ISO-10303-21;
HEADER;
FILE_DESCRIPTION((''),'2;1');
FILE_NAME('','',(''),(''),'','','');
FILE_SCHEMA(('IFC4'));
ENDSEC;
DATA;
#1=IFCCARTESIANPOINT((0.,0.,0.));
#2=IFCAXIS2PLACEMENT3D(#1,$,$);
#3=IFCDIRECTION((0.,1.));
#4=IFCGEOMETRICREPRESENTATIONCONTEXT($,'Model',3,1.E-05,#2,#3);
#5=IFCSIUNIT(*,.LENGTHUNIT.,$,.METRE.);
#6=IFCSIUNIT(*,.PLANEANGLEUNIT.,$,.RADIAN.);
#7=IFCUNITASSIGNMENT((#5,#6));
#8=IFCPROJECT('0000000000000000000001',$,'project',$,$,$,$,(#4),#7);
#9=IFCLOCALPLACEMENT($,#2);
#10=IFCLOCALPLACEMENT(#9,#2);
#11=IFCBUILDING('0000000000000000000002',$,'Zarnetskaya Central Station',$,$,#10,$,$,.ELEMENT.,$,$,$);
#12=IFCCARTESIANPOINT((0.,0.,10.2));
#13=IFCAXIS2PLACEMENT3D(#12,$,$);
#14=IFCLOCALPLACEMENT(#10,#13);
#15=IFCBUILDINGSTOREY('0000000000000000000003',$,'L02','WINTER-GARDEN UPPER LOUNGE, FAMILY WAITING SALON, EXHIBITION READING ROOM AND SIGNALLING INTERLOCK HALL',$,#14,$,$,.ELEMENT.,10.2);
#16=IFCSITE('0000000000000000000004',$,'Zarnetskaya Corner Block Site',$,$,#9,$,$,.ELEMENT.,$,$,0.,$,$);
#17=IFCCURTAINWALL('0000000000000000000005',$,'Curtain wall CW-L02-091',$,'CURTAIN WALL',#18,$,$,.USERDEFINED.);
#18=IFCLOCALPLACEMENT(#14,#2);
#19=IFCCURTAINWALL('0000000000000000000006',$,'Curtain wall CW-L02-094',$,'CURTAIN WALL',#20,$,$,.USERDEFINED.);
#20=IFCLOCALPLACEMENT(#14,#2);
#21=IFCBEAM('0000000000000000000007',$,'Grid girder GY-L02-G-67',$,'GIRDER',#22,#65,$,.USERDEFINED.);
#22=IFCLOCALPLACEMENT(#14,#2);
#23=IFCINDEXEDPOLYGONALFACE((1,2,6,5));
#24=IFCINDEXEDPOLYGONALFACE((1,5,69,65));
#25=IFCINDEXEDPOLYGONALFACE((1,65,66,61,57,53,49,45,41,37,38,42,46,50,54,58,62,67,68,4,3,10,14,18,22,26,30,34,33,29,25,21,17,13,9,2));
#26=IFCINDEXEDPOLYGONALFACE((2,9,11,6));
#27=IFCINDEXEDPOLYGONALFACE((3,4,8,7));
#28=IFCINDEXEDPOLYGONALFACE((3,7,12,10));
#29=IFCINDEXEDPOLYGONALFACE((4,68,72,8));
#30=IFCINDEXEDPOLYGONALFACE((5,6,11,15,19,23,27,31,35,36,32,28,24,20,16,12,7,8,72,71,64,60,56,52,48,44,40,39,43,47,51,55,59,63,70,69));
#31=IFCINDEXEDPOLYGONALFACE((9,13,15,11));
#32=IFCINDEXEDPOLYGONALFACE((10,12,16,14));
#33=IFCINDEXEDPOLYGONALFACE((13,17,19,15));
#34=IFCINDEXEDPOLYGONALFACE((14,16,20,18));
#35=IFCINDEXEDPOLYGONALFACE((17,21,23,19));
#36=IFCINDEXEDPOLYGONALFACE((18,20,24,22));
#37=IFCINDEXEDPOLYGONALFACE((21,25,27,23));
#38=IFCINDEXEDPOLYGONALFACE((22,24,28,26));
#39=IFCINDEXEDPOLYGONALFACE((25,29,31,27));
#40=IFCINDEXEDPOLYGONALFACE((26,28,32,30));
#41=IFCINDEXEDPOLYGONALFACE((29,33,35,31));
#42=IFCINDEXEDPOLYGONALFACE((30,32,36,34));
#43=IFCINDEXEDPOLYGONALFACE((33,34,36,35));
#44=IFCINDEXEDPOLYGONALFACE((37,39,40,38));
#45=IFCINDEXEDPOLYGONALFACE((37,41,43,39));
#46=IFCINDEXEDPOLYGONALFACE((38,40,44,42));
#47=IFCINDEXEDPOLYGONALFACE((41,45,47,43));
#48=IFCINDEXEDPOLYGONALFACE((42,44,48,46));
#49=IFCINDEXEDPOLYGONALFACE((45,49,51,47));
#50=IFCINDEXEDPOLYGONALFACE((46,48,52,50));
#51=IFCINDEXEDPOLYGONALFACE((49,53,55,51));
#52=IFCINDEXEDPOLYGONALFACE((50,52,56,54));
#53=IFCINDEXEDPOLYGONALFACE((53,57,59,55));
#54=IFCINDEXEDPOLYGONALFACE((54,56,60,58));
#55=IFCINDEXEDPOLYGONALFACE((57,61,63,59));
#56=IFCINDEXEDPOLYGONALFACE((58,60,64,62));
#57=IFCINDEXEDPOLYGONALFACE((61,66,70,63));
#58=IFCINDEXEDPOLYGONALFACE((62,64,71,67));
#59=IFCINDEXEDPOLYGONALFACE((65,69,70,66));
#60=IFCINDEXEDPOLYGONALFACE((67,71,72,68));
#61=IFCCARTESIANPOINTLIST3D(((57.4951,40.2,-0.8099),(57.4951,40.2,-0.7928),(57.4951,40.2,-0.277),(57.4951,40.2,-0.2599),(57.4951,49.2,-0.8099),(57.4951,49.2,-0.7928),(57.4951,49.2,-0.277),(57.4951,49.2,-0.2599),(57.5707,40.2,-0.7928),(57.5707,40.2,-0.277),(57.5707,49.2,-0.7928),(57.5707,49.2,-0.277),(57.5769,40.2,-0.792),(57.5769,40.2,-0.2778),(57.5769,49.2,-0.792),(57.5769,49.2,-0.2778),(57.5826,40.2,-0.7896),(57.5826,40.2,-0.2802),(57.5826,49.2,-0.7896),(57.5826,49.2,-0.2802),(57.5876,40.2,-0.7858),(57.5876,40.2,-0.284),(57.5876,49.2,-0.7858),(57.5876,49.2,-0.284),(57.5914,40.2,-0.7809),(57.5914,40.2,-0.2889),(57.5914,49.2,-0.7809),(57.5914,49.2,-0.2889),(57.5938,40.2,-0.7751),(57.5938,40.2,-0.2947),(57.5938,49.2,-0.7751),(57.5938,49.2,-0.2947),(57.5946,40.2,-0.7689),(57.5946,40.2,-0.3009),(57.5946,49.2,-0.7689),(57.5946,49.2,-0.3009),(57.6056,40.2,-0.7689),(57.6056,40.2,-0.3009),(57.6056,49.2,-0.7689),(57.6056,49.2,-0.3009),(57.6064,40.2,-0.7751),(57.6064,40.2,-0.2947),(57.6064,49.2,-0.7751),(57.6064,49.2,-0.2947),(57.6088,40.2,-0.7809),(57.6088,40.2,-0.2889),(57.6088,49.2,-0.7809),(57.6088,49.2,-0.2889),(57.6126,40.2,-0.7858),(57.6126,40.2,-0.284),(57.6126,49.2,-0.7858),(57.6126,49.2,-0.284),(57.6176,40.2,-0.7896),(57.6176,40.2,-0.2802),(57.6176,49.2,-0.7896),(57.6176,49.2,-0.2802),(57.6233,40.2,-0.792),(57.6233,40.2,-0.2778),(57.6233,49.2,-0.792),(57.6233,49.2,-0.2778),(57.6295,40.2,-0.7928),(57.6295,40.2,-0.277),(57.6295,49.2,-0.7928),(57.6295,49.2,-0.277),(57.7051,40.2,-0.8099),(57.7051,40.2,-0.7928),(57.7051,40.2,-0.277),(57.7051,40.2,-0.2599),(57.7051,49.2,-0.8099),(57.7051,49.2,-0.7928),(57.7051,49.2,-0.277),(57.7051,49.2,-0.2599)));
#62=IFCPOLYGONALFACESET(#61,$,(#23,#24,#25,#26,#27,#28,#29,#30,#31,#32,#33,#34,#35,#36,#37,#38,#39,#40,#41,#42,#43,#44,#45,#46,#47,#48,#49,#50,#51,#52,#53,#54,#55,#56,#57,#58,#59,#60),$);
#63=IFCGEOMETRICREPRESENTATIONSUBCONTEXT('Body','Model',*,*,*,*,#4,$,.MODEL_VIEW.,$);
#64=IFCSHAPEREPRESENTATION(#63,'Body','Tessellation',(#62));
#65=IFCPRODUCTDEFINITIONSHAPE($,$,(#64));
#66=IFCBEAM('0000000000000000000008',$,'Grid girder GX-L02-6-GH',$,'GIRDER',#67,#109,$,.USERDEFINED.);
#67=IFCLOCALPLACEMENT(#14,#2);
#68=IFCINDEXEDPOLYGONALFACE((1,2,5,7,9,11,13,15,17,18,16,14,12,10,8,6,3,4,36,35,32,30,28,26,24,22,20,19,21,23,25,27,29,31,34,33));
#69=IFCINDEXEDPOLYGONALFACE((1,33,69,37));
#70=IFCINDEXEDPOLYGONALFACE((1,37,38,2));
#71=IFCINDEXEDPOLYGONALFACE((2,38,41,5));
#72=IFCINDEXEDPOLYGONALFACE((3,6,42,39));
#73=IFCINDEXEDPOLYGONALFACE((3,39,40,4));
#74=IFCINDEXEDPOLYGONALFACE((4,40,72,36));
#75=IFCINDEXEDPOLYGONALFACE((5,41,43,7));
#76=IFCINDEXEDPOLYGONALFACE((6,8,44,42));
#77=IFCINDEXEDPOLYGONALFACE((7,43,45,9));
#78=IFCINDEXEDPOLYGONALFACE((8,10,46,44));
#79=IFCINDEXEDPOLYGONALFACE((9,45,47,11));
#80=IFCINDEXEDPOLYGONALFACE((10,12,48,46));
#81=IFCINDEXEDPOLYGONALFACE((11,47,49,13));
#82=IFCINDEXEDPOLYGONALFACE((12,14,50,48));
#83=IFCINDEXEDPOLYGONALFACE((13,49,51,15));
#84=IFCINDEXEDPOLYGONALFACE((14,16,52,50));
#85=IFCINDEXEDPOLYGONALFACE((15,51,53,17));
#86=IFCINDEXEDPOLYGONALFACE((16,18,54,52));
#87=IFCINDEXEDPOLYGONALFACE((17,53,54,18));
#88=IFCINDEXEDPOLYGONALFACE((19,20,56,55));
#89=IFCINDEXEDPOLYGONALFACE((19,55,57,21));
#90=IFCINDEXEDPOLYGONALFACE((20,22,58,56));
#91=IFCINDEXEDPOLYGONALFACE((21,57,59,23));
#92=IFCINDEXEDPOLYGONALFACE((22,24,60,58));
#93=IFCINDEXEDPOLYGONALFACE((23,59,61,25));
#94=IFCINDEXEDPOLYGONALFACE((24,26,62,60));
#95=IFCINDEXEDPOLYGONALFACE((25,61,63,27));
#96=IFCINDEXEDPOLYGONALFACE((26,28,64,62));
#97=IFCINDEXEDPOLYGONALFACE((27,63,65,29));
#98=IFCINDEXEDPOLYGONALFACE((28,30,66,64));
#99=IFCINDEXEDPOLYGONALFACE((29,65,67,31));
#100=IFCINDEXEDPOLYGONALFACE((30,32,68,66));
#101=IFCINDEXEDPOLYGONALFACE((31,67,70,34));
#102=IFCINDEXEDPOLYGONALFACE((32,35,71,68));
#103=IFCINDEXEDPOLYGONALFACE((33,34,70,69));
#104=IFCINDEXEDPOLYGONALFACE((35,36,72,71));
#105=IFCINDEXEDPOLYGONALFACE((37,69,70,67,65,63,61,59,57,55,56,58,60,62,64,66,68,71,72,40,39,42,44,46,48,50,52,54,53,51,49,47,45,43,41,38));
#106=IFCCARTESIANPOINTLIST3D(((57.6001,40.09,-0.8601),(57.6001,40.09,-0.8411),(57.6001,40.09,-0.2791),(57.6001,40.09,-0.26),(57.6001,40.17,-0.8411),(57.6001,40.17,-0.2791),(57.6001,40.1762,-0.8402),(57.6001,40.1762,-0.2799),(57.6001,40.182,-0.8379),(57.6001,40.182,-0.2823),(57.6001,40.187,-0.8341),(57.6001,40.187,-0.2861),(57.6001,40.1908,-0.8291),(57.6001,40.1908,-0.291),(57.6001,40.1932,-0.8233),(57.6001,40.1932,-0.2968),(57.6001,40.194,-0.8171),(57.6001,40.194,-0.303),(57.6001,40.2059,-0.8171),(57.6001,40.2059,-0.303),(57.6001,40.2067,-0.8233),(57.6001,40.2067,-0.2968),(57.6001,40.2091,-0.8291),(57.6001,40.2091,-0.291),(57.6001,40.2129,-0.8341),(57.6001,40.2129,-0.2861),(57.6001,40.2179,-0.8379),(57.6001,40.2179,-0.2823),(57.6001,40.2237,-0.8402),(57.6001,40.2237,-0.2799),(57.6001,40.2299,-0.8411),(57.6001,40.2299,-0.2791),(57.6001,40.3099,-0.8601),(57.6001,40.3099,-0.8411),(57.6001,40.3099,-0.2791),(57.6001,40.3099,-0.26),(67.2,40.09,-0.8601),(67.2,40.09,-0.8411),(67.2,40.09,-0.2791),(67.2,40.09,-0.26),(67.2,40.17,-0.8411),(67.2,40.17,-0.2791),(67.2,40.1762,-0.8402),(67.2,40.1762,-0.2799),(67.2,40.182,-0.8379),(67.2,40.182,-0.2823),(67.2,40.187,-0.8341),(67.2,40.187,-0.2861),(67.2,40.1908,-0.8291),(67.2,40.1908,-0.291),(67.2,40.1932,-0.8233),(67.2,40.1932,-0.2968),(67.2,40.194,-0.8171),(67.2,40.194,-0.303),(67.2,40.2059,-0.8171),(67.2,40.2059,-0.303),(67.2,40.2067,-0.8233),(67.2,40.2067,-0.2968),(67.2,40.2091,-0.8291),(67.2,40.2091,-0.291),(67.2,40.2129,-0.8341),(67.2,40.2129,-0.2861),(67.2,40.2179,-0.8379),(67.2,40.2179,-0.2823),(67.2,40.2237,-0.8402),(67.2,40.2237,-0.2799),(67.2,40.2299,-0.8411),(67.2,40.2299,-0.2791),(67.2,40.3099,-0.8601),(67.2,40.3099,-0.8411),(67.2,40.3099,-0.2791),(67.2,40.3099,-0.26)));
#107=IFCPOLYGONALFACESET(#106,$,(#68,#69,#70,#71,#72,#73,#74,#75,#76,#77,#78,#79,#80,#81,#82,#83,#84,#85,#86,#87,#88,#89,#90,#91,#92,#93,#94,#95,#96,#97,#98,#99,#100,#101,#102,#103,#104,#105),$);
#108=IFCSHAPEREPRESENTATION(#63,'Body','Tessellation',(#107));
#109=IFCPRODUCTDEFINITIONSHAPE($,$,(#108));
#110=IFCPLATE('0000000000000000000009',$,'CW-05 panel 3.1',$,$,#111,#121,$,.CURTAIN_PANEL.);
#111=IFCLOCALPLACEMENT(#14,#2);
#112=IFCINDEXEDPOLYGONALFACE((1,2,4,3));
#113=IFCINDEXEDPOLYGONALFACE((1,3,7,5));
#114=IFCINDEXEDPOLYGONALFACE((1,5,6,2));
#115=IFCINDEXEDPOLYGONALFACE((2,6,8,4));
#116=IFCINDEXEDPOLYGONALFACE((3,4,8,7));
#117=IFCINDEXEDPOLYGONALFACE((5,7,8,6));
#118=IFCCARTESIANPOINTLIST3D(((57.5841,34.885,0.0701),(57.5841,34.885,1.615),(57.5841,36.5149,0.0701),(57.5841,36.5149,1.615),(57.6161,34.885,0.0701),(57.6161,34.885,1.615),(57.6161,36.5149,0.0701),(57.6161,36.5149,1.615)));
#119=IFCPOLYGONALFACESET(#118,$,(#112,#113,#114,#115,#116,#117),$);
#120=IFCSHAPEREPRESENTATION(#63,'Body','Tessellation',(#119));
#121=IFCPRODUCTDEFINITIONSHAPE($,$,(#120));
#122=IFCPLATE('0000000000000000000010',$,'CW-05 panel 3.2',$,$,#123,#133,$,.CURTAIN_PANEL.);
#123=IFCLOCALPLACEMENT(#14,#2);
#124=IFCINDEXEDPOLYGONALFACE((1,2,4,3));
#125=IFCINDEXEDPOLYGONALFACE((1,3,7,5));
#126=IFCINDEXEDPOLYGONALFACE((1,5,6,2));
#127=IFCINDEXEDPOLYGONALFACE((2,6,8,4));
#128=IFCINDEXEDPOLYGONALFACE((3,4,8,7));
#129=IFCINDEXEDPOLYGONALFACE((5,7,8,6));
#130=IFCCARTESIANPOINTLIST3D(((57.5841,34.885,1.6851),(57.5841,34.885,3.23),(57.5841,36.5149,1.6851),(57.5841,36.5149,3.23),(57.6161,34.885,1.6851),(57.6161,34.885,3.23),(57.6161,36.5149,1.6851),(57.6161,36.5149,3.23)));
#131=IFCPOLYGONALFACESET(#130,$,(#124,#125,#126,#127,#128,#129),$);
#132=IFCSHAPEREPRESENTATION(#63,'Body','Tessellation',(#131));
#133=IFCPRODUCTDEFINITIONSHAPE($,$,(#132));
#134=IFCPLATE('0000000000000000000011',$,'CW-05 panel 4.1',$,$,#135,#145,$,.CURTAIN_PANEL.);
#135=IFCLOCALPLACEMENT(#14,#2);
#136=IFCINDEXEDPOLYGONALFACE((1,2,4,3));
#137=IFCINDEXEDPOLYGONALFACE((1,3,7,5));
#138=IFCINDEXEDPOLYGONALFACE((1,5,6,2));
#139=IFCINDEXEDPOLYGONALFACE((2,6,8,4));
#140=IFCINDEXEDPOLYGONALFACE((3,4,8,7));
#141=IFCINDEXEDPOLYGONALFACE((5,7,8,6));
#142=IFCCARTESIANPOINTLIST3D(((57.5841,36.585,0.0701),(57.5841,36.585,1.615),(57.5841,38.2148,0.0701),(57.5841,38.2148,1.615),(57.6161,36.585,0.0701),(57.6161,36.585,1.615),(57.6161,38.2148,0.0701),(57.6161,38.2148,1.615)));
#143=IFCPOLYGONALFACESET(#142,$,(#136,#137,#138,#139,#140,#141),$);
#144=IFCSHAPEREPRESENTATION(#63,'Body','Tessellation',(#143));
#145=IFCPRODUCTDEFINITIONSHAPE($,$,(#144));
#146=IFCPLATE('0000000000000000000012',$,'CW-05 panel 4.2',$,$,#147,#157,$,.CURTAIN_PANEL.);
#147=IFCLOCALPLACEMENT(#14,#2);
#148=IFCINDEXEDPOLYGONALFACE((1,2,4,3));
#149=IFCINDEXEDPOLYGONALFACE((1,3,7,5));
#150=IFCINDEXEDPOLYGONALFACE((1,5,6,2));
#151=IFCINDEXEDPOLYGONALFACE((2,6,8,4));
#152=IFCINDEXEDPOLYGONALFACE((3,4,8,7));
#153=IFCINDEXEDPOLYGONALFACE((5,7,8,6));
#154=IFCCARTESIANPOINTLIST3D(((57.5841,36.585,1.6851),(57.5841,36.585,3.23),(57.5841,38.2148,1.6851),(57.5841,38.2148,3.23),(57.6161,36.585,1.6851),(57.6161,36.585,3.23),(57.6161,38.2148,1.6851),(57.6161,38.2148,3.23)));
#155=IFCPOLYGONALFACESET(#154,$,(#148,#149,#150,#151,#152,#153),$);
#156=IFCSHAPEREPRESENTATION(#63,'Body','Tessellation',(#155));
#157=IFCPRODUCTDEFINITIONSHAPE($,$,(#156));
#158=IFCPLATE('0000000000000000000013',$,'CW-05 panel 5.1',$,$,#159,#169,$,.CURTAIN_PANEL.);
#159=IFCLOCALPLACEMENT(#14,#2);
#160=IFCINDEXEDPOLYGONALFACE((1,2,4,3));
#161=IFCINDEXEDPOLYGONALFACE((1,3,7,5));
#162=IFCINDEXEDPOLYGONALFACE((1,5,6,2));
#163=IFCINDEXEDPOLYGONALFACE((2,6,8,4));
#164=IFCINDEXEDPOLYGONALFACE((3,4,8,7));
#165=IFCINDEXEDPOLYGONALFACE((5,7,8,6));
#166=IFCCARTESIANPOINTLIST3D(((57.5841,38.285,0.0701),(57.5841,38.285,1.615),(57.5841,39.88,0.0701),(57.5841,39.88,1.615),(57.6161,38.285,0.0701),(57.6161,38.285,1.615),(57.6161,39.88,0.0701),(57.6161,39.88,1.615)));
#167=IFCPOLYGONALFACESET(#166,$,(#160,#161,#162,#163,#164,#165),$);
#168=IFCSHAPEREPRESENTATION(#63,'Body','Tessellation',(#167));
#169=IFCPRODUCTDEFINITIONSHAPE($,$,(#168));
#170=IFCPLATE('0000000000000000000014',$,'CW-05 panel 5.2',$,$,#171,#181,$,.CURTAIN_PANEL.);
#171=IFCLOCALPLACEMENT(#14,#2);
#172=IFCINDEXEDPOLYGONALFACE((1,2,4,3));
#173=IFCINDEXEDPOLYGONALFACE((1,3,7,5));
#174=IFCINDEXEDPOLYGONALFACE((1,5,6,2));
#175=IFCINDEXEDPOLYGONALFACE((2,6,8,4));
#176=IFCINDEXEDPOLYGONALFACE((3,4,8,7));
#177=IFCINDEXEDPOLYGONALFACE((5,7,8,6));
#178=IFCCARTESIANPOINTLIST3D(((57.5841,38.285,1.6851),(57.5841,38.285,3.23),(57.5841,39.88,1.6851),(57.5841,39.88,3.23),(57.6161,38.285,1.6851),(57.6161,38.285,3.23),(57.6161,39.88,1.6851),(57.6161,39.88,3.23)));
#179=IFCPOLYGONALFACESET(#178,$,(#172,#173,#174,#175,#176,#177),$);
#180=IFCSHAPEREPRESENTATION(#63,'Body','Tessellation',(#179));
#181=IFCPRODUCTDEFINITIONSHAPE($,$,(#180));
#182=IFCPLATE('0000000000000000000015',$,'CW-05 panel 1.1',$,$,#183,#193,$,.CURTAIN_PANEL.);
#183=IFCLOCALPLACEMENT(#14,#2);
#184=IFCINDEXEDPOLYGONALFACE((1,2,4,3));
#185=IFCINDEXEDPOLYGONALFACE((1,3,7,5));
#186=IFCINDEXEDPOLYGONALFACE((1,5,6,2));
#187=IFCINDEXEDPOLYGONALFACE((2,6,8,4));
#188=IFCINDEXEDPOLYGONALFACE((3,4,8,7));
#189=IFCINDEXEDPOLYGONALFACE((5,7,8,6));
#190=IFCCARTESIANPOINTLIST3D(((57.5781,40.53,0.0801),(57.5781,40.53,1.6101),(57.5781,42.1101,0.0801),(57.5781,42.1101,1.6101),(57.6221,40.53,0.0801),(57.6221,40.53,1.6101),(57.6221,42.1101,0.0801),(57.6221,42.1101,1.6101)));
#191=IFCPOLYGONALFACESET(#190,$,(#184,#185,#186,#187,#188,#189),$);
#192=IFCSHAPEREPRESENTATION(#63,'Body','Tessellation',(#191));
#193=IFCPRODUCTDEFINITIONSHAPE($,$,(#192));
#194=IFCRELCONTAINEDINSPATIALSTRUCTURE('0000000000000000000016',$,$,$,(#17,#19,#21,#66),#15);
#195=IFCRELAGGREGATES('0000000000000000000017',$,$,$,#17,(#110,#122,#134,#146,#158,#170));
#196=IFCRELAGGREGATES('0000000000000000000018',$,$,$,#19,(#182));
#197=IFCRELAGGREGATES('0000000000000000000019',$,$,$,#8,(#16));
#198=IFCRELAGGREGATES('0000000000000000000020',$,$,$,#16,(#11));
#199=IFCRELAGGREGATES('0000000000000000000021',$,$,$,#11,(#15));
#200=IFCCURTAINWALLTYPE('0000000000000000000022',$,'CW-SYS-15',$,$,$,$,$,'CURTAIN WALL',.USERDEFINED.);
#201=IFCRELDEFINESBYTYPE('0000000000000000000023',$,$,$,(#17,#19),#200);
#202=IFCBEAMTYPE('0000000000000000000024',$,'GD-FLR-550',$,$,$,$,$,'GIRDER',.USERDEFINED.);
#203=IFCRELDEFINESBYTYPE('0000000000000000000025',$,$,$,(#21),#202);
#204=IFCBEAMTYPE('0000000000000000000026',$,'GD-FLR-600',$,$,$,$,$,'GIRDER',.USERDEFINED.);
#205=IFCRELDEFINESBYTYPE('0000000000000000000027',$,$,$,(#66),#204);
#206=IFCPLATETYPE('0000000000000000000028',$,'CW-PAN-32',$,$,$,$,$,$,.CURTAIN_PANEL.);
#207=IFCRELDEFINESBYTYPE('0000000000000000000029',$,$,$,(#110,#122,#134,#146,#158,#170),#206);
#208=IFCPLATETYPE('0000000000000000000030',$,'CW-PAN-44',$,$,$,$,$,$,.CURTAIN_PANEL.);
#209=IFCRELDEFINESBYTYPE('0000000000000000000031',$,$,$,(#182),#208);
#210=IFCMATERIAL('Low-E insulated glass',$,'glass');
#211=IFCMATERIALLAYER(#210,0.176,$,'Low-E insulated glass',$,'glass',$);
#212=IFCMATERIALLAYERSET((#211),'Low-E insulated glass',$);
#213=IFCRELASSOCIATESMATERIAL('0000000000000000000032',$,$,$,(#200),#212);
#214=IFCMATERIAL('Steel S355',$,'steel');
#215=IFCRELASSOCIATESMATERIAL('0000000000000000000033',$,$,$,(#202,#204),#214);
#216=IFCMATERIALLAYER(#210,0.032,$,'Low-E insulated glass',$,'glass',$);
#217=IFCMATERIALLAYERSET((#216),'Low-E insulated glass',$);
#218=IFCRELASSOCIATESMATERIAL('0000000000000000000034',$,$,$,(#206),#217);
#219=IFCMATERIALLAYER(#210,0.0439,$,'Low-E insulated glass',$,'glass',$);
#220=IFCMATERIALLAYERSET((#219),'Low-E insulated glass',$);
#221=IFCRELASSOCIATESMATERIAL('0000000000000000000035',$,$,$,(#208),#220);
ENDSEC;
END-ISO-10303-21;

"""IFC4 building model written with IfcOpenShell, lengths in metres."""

from ifc_helpers import new_model, si_unit, direction, frame, origin, origin_2d, place, context, subcontext, project, spatial, rectangle, i_section, extrude, material, layer, layer_set, material_profile, profile_set, type_object, element, aggregate, save


model = new_model("IFC4")

# Units and contexts
model_context = context("Model", 3, precision=1e-05, world=origin(), true_north=direction((0.0, 1.0)))
body_context = subcontext(model_context, "Body", "Model", "MODEL_VIEW")
ifc_project = project(units=[si_unit("LENGTHUNIT", "METRE"), si_unit("PLANEANGLEUNIT", "RADIAN")], contexts=[model_context])

# Site, building, storey
site_placement = place(None, origin())
site = spatial("IfcSite", under=ifc_project, at=site_placement, Name="Zarnetskaya Corner Block Site", CompositionType="ELEMENT", RefElevation=0.0)
building_placement = place(site_placement, origin())
building = spatial("IfcBuilding", under=site, at=building_placement, Name="Zarnetskaya Central Station", CompositionType="ELEMENT")
storey_placement = place(building_placement, frame((0.0, 0.0, 10.2)))
storey = spatial("IfcBuildingStorey", under=building, at=storey_placement, Name="L02", Description="WINTER-GARDEN UPPER LOUNGE, FAMILY WAITING SALON, EXHIBITION READING ROOM AND SIGNALLING INTERLOCK HALL", CompositionType="ELEMENT", Elevation=10.2)

# Curtain wall
ifc_material_1 = material(Name="Low-E insulated glass", Category="glass")
ifc_layer_1 = layer(ifc_material_1, 0.176, Name="Low-E insulated glass", Category="glass")
ifc_layer_set_1 = layer_set([ifc_layer_1], Name="Low-E insulated glass")
curtain_wall_type = type_object("IfcCurtainWallType", Name="CW-SYS-15", ElementType="CURTAIN WALL", PredefinedType="USERDEFINED", material=ifc_layer_set_1)
curtain_wall_1_placement = place(storey_placement, origin())
curtain_wall_1 = element("IfcCurtainWall", 1, at=curtain_wall_1_placement, inside=storey, type_object=curtain_wall_type, Name="Curtain wall CW-L02-091", ObjectType="CURTAIN WALL", PredefinedType="USERDEFINED")

# Curtain wall
curtain_wall_2_placement = place(storey_placement, origin())
curtain_wall_2 = element("IfcCurtainWall", 2, at=curtain_wall_2_placement, inside=storey, type_object=curtain_wall_type, Name="Curtain wall CW-L02-094", ObjectType="CURTAIN WALL", PredefinedType="USERDEFINED")

# Beams
ifc_material_2 = material(Name="Steel S355", Category="steel")
ifc_material_profile_1 = material_profile(ifc_material_2, i_section(OverallWidth=0.21, OverallDepth=0.55, WebThickness=0.011, FlangeThickness=0.0171, FilletRadius=0.0239, at=origin_2d()), Name="IPE 550")
ifc_profile_set_1 = profile_set([ifc_material_profile_1], Name="Steel S355")
beam_type_1 = type_object("IfcBeamType", Name="GD-FLR-550", ElementType="GIRDER", PredefinedType="USERDEFINED", material=ifc_profile_set_1)
beam_1_placement = place(storey_placement, frame((57.6001, 40.2, -0.5349), z_axis=(0.0, 1.0, 0.0), x_axis=(-1.0, 0.0, 0.0)))
element("IfcBeam", 3, at=beam_1_placement, inside=storey, type_object=beam_type_1, Name="Grid girder GY-L02-G-67", ObjectType="GIRDER", PredefinedType="USERDEFINED", context=body_context, shape_type="SweptSolid", body=[
    extrude(i_section(OverallWidth=0.21, OverallDepth=0.55, WebThickness=0.011, FlangeThickness=0.0171, FilletRadius=0.0239, at=origin_2d()), origin(), (0.0, 0.0, 1.0), 9.0),
])
ifc_material_profile_2 = material_profile(ifc_material_2, i_section(OverallWidth=0.22, OverallDepth=0.6001, WebThickness=0.012, FlangeThickness=0.019, FilletRadius=0.0239, at=origin_2d()), Name="IPE 600")
ifc_profile_set_2 = profile_set([ifc_material_profile_2], Name="Steel S355")
beam_type_2 = type_object("IfcBeamType", Name="GD-FLR-600", ElementType="GIRDER", PredefinedType="USERDEFINED", material=ifc_profile_set_2)
beam_2_placement = place(storey_placement, frame((57.6001, 40.2, -0.5601), z_axis=(1.0, 0.0, 0.0), x_axis=(0.0, 1.0, 0.0)))
element("IfcBeam", 4, at=beam_2_placement, inside=storey, type_object=beam_type_2, Name="Grid girder GX-L02-6-GH", ObjectType="GIRDER", PredefinedType="USERDEFINED", context=body_context, shape_type="SweptSolid", body=[
    extrude(i_section(OverallWidth=0.22, OverallDepth=0.6001, WebThickness=0.012, FlangeThickness=0.019, FilletRadius=0.0239, at=origin_2d()), origin(), (0.0, 0.0, 1.0), 9.5999),
])

# Plates
ifc_layer_2 = layer(ifc_material_1, 0.032, Name="Low-E insulated glass", Category="glass")
ifc_layer_set_2 = layer_set([ifc_layer_2], Name="Low-E insulated glass")
plate_type_1 = type_object("IfcPlateType", Name="CW-PAN-32", PredefinedType="CURTAIN_PANEL", material=ifc_layer_set_2)
plate_1_placement = place(storey_placement, frame((57.6001, 35.7, 0.0701), z_axis=(0.0, 0.0, 1.0), x_axis=(0.0, 1.0, 0.0)))
plate_1 = element("IfcPlate", 5, at=plate_1_placement, type_object=plate_type_1, Name="CW-05 panel 3.1", PredefinedType="CURTAIN_PANEL", context=body_context, shape_type="SweptSolid", body=[
    extrude(rectangle(XDim=1.6299, YDim=0.032, at=origin_2d()), origin(), (0.0, 0.0, 1.0), 1.5449),
])
plate_2_placement = place(storey_placement, frame((57.6001, 35.7, 1.6851), z_axis=(0.0, 0.0, 1.0), x_axis=(0.0, 1.0, 0.0)))
plate_2 = element("IfcPlate", 6, at=plate_2_placement, type_object=plate_type_1, Name="CW-05 panel 3.2", PredefinedType="CURTAIN_PANEL", context=body_context, shape_type="SweptSolid", body=[
    extrude(rectangle(XDim=1.6299, YDim=0.032, at=origin_2d()), origin(), (0.0, 0.0, 1.0), 1.5449),
])
plate_3_placement = place(storey_placement, frame((57.6001, 37.3999, 0.0701), z_axis=(0.0, 0.0, 1.0), x_axis=(0.0, 1.0, 0.0)))
plate_3 = element("IfcPlate", 7, at=plate_3_placement, type_object=plate_type_1, Name="CW-05 panel 4.1", PredefinedType="CURTAIN_PANEL", context=body_context, shape_type="SweptSolid", body=[
    extrude(rectangle(XDim=1.6299, YDim=0.032, at=origin_2d()), origin(), (0.0, 0.0, 1.0), 1.5449),
])
plate_4_placement = place(storey_placement, frame((57.6001, 37.3999, 1.6851), z_axis=(0.0, 0.0, 1.0), x_axis=(0.0, 1.0, 0.0)))
plate_4 = element("IfcPlate", 8, at=plate_4_placement, type_object=plate_type_1, Name="CW-05 panel 4.2", PredefinedType="CURTAIN_PANEL", context=body_context, shape_type="SweptSolid", body=[
    extrude(rectangle(XDim=1.6299, YDim=0.032, at=origin_2d()), origin(), (0.0, 0.0, 1.0), 1.5449),
])
plate_5_placement = place(storey_placement, frame((57.6001, 39.0825, 0.0701), z_axis=(0.0, 0.0, 1.0), x_axis=(0.0, 1.0, 0.0)))
plate_5 = element("IfcPlate", 9, at=plate_5_placement, type_object=plate_type_1, Name="CW-05 panel 5.1", PredefinedType="CURTAIN_PANEL", context=body_context, shape_type="SweptSolid", body=[
    extrude(rectangle(XDim=1.595, YDim=0.032, at=origin_2d()), origin(), (0.0, 0.0, 1.0), 1.5449),
])
plate_6_placement = place(storey_placement, frame((57.6001, 39.0825, 1.6851), z_axis=(0.0, 0.0, 1.0), x_axis=(0.0, 1.0, 0.0)))
plate_6 = element("IfcPlate", 10, at=plate_6_placement, type_object=plate_type_1, Name="CW-05 panel 5.2", PredefinedType="CURTAIN_PANEL", context=body_context, shape_type="SweptSolid", body=[
    extrude(rectangle(XDim=1.595, YDim=0.032, at=origin_2d()), origin(), (0.0, 0.0, 1.0), 1.5449),
])
aggregate(curtain_wall_1, [plate_1, plate_2, plate_3, plate_4, plate_5, plate_6])
ifc_layer_3 = layer(ifc_material_1, 0.0439, Name="Low-E insulated glass", Category="glass")
ifc_layer_set_3 = layer_set([ifc_layer_3], Name="Low-E insulated glass")
plate_type_2 = type_object("IfcPlateType", Name="CW-PAN-44", PredefinedType="CURTAIN_PANEL", material=ifc_layer_set_3)
plate_7_placement = place(storey_placement, frame((57.6001, 41.3201, 0.0801), z_axis=(0.0, 0.0, 1.0), x_axis=(0.0, 1.0, 0.0)))
plate_7 = element("IfcPlate", 11, at=plate_7_placement, type_object=plate_type_2, Name="CW-05 panel 1.1", PredefinedType="CURTAIN_PANEL", context=body_context, shape_type="SweptSolid", body=[
    extrude(rectangle(XDim=1.5801, YDim=0.0439, at=origin_2d()), origin(), (0.0, 0.0, 1.0), 1.53),
])
aggregate(curtain_wall_2, [plate_7])

save(model, "model.ifc")
